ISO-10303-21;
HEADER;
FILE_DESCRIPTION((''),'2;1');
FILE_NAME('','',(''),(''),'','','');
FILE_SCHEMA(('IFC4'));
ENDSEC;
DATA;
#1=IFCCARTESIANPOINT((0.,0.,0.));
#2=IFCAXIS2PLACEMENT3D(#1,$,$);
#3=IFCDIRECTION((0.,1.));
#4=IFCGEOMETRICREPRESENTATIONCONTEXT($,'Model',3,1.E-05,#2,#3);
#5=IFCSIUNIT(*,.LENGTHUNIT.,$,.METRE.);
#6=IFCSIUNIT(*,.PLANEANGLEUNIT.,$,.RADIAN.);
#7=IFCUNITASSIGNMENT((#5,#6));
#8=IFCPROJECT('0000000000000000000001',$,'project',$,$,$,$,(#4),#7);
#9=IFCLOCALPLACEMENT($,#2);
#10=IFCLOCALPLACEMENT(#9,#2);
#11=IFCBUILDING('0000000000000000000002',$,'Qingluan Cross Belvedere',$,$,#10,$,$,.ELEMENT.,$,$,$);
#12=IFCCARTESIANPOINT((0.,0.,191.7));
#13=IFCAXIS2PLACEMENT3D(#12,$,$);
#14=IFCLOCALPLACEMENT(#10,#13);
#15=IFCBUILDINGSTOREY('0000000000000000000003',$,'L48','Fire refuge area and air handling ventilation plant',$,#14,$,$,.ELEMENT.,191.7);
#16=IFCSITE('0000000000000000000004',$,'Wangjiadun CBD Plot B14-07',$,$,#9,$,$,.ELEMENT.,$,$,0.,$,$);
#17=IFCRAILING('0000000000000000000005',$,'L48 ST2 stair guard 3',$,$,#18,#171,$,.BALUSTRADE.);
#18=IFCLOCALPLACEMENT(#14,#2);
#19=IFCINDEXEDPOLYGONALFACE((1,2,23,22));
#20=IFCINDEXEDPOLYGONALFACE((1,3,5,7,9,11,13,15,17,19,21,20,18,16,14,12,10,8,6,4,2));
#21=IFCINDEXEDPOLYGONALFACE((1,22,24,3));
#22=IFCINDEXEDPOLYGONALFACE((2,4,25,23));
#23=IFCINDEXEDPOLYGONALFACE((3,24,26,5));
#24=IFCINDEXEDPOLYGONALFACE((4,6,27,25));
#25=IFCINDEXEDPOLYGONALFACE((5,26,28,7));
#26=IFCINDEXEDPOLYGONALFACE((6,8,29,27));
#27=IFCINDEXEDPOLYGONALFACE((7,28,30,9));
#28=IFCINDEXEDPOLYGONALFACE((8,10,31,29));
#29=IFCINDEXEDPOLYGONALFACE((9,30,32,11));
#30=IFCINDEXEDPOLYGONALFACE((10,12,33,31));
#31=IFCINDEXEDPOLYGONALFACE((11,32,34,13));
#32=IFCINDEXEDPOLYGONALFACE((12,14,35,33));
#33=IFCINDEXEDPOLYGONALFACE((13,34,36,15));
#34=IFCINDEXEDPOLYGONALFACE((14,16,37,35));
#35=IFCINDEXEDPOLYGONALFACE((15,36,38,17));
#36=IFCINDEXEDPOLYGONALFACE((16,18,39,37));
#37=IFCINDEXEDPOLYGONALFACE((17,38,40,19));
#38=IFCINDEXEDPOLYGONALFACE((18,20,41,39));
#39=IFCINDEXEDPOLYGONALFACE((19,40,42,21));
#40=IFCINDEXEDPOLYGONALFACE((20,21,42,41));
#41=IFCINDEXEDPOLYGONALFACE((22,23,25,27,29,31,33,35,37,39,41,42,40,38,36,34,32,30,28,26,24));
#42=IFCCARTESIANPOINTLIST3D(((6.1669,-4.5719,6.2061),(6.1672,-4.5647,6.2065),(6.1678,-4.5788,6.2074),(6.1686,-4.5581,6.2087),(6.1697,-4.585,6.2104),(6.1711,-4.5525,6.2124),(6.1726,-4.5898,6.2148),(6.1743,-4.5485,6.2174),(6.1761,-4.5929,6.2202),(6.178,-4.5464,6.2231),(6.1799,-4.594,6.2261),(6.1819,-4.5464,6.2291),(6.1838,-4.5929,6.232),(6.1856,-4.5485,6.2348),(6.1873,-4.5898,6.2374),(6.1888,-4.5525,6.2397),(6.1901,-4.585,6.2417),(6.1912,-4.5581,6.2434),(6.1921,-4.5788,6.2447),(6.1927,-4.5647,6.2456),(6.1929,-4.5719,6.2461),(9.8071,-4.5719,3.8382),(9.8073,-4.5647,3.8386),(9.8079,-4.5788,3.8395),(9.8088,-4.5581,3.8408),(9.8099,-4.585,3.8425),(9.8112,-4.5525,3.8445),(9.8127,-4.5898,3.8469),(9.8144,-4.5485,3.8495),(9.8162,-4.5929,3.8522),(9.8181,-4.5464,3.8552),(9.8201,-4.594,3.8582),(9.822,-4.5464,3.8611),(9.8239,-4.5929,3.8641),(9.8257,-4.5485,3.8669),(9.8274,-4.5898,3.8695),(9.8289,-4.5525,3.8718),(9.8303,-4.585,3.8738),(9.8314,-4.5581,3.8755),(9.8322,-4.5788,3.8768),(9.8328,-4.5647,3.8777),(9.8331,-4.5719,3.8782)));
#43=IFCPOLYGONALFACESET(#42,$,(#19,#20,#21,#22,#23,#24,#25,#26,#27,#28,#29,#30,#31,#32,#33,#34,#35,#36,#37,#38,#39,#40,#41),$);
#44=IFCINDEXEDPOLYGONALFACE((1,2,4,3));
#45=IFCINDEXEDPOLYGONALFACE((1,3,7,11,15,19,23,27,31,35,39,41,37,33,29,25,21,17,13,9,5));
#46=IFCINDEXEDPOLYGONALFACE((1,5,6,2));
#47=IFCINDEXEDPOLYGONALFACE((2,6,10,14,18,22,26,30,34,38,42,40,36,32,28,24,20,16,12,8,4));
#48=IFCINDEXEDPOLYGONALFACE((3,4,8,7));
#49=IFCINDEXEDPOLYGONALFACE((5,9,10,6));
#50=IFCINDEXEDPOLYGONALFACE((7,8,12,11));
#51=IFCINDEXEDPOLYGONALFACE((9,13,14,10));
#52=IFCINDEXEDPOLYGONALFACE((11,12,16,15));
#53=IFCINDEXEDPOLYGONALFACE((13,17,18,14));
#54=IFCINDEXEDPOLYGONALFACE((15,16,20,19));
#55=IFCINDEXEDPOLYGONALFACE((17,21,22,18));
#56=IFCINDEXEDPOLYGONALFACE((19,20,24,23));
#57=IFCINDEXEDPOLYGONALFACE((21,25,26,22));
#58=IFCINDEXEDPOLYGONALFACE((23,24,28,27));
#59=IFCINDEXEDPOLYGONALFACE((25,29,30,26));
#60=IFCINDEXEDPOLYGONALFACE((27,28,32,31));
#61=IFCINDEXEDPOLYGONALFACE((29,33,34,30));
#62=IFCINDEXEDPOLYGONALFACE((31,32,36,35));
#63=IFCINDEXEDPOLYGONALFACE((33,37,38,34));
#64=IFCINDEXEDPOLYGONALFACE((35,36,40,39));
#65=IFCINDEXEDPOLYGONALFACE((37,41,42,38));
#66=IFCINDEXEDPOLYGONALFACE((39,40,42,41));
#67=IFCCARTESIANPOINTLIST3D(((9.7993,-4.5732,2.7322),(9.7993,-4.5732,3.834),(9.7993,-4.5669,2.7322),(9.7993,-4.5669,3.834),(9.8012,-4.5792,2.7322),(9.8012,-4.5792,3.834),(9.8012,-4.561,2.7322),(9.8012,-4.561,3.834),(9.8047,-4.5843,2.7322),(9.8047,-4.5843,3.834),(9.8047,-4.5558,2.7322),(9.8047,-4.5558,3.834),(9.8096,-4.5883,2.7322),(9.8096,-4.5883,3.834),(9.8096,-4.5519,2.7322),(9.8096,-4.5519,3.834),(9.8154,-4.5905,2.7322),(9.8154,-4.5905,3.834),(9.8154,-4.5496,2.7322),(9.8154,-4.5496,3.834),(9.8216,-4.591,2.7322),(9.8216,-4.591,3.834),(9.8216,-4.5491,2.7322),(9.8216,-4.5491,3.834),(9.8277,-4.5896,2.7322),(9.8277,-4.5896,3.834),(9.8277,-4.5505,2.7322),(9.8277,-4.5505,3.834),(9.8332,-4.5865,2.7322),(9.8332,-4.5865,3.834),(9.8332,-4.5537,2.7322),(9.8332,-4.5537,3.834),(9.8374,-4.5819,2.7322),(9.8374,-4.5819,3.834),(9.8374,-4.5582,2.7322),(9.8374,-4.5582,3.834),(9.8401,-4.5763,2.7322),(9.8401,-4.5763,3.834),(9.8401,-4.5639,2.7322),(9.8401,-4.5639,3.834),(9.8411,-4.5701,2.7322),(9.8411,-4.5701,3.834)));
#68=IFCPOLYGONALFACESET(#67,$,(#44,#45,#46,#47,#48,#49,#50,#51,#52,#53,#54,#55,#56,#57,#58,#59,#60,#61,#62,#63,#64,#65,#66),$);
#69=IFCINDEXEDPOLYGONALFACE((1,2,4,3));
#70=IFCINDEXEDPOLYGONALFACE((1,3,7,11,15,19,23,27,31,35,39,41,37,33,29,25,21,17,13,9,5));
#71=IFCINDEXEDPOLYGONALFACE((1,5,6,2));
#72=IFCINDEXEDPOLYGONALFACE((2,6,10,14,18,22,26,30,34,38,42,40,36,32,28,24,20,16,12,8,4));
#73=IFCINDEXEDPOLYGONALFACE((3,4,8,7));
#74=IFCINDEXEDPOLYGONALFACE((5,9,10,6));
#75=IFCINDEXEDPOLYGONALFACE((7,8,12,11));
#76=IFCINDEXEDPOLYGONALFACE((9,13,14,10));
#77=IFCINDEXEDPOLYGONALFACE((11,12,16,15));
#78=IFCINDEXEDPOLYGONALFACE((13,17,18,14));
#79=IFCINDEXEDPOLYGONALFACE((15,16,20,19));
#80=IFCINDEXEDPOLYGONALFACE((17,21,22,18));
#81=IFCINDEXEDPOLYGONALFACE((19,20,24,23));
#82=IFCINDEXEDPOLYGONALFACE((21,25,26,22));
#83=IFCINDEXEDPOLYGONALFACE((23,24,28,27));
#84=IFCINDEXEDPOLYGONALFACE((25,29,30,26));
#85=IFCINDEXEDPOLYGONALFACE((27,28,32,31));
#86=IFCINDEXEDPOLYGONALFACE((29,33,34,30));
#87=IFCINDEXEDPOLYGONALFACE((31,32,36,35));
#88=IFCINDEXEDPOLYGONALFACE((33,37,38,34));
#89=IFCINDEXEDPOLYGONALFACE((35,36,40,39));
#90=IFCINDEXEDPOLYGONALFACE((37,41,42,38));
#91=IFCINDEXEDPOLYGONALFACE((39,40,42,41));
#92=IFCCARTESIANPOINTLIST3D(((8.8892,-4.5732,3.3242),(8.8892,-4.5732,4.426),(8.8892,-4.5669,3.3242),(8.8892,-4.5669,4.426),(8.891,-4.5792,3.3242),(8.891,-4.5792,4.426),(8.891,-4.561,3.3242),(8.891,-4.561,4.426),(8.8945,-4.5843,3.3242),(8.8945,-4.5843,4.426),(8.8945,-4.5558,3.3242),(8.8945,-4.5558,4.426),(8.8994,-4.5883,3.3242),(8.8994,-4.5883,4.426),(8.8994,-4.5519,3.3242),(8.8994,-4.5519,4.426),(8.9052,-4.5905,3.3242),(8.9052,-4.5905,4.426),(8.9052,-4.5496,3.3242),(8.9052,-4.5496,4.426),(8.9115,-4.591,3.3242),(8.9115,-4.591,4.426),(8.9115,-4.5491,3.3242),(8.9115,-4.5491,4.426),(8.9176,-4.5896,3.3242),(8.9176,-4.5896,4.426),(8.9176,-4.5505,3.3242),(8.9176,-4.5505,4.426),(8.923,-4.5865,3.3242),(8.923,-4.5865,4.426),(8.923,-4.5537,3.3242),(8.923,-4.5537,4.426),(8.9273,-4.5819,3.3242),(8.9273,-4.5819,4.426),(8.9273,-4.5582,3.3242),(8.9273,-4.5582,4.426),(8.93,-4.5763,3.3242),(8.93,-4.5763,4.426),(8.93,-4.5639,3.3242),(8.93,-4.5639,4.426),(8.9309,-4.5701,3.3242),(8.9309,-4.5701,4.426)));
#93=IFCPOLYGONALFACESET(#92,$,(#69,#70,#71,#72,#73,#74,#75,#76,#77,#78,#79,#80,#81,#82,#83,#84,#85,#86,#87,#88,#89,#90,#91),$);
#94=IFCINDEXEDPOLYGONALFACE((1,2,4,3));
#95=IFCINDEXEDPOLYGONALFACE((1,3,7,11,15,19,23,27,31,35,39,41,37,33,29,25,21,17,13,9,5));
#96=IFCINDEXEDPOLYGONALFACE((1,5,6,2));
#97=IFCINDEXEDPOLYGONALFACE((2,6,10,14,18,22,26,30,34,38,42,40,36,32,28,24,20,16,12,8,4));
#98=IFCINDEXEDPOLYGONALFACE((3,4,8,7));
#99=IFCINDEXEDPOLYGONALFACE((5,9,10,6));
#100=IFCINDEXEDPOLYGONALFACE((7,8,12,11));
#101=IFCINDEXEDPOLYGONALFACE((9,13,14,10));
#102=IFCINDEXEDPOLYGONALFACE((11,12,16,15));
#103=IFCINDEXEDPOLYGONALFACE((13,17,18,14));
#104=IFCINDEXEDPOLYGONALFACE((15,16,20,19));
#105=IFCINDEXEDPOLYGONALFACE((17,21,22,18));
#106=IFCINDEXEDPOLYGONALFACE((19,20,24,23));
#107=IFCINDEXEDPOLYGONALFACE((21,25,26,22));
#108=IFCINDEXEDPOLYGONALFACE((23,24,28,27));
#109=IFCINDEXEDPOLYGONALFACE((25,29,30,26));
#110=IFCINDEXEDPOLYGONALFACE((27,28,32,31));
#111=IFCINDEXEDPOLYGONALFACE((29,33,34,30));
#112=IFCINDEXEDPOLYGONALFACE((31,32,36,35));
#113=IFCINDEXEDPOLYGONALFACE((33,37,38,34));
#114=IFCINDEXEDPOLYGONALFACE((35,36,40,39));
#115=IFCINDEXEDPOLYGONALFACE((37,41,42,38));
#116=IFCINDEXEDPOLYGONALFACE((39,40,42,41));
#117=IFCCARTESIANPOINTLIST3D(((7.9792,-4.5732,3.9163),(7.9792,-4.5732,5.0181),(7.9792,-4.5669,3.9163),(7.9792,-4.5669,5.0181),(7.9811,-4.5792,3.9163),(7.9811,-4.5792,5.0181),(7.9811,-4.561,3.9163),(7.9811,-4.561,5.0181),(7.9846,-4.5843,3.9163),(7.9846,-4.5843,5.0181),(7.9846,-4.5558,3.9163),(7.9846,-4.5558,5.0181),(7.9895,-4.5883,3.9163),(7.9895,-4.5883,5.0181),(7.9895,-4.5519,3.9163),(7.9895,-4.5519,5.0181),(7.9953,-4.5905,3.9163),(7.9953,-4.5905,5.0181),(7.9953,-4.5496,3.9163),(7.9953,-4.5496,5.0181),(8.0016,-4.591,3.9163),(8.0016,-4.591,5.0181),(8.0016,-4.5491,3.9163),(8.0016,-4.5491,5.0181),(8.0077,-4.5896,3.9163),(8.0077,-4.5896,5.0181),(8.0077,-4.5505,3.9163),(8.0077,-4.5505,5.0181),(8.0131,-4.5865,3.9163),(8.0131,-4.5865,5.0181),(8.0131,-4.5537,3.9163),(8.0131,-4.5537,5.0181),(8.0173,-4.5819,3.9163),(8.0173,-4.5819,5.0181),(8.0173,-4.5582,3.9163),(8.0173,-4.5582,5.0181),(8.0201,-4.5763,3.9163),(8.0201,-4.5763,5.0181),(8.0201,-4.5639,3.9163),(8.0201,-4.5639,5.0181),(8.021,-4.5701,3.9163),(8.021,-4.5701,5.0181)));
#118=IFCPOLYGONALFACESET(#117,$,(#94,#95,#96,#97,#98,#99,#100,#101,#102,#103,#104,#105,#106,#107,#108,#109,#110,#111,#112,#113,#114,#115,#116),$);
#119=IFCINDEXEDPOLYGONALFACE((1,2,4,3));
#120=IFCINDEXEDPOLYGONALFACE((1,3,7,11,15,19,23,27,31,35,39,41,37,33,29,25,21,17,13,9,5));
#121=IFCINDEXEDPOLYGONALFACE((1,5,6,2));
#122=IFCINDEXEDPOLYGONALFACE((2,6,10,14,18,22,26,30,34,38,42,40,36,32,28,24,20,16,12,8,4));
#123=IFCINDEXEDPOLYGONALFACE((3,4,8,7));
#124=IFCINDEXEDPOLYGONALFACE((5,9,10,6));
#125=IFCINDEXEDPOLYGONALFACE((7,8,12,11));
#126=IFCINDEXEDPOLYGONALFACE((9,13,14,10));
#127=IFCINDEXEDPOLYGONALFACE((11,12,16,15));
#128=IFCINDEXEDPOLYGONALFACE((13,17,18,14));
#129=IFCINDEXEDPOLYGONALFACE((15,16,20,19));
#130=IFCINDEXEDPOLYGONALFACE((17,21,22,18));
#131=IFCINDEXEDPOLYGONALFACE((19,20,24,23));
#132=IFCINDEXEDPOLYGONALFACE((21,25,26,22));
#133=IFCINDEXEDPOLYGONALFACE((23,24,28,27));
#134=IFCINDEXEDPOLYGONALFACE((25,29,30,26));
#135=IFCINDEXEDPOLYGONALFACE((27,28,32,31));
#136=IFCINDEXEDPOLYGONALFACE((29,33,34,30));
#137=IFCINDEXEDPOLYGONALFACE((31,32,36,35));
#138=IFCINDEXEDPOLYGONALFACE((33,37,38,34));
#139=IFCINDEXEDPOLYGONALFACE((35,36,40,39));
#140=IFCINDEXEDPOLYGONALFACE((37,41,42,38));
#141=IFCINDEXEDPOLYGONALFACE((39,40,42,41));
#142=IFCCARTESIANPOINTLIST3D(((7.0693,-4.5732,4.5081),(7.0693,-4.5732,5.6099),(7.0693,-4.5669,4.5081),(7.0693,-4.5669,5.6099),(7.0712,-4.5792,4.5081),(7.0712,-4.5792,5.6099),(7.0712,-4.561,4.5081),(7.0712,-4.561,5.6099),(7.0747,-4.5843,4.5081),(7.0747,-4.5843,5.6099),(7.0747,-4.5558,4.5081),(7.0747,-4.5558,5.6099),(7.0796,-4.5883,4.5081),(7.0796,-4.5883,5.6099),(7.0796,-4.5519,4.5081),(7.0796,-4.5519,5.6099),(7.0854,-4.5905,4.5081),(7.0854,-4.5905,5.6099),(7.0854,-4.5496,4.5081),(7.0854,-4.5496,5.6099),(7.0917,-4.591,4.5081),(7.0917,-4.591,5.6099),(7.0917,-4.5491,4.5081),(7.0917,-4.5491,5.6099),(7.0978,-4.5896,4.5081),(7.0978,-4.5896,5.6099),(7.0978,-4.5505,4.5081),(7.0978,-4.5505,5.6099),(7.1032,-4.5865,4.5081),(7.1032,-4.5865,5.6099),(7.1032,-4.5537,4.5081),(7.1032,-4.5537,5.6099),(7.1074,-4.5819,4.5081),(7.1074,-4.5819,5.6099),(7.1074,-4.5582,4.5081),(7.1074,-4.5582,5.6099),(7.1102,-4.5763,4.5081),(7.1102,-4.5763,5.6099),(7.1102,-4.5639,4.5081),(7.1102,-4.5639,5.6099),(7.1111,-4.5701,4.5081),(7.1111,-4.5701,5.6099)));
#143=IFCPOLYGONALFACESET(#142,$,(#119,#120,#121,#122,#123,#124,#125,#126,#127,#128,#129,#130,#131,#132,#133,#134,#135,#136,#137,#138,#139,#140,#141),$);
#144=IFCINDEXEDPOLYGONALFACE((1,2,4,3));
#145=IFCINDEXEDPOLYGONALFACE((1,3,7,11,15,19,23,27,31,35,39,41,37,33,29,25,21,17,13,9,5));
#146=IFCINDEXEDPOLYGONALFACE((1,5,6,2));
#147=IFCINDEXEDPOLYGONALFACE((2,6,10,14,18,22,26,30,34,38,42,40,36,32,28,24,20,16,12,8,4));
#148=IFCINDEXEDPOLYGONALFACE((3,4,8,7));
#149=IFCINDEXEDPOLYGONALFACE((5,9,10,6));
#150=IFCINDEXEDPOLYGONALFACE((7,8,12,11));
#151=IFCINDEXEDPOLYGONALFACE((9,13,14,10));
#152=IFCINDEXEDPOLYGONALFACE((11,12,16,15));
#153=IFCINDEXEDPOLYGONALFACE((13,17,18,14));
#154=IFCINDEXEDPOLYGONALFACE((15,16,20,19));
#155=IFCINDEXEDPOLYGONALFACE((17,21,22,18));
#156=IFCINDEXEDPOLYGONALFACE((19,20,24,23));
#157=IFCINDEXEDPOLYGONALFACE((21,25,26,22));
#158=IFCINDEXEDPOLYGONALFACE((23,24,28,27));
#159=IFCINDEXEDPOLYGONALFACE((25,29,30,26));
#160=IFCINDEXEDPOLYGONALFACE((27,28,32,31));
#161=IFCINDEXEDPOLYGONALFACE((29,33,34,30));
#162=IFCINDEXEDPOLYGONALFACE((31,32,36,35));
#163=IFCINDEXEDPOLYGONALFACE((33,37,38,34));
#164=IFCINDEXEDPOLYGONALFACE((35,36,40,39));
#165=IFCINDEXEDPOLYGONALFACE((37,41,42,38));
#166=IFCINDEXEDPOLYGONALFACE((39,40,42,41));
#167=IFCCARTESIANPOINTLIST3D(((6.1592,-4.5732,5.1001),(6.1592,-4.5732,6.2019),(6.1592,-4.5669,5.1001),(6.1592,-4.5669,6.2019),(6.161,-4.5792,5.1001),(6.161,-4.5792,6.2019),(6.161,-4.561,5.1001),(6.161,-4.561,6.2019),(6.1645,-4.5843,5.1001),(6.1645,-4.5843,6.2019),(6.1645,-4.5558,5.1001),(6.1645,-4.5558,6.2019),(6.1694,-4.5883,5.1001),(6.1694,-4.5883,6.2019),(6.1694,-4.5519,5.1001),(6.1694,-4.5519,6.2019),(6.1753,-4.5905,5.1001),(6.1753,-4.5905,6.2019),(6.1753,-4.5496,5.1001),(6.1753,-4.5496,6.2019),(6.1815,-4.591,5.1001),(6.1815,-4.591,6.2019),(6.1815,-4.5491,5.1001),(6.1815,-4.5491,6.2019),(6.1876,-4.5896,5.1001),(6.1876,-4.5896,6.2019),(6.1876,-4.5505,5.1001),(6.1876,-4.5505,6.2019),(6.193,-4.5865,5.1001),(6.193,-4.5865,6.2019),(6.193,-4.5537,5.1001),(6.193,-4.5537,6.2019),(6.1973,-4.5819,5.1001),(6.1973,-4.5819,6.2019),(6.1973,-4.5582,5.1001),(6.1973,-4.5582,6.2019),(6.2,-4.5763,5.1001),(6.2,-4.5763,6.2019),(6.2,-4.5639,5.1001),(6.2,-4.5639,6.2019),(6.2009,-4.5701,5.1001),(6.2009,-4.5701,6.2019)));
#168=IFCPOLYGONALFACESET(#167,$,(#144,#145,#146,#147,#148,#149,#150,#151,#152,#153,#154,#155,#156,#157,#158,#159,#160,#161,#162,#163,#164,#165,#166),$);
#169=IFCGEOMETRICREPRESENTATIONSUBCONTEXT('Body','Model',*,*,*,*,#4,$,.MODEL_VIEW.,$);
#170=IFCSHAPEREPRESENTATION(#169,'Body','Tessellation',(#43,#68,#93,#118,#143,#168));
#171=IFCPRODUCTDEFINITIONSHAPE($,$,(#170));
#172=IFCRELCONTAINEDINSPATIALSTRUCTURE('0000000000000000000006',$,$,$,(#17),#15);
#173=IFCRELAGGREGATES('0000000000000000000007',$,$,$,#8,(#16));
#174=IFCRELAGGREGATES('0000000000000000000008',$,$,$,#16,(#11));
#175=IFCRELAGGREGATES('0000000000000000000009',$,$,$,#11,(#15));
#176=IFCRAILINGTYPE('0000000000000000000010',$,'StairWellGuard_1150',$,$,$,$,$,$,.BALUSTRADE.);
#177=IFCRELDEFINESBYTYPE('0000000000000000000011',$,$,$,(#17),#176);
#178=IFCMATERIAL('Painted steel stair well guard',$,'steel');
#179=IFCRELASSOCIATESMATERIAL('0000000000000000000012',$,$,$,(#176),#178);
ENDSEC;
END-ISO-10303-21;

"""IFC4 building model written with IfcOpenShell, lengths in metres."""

from ifc_helpers import new_model, si_unit, direction, frame, origin, origin_2d, place, context, subcontext, project, spatial, circle, extrude, material, type_object, element, save


model = new_model("IFC4")

# Units and contexts
model_context = context("Model", 3, precision=1e-05, world=origin(), true_north=direction((0.0, 1.0)))
body_context = subcontext(model_context, "Body", "Model", "MODEL_VIEW")
ifc_project = project(units=[si_unit("LENGTHUNIT", "METRE"), si_unit("PLANEANGLEUNIT", "RADIAN")], contexts=[model_context])

# Site, building, storey
site_placement = place(None, origin())
site = spatial("IfcSite", under=ifc_project, at=site_placement, Name="Wangjiadun CBD Plot B14-07", CompositionType="ELEMENT", RefElevation=0.0)
building_placement = place(site_placement, origin())
building = spatial("IfcBuilding", under=site, at=building_placement, Name="Qingluan Cross Belvedere", CompositionType="ELEMENT")
storey_placement = place(building_placement, frame((0.0, 0.0, 191.7)))
storey = spatial("IfcBuildingStorey", under=building, at=storey_placement, Name="L48", Description="Fire refuge area and air handling ventilation plant", CompositionType="ELEMENT", Elevation=191.7)

# Railing
ifc_material_1 = material(Name="Painted steel stair well guard", Category="steel")
railing_type_1 = type_object("IfcRailingType", Name="StairWellGuard_1150", PredefinedType="BALUSTRADE", material=ifc_material_1)
railing_1_placement = place(storey_placement, frame((9.8201, -4.5701, 2.7322)))
element("IfcRailing", 1, at=railing_1_placement, inside=storey, type_object=railing_type_1, Name="L48 ST2 stair guard 3", PredefinedType="BALUSTRADE", context=body_context, shape_type="SweptSolid", body=[
    extrude(circle(Radius=0.0239, at=origin_2d()), frame((0.0, 0.0, 1.126), z_axis=(-0.838251, 0.0, 0.545285), x_axis=(0.0, -1.0, 0.0)), (0.0, 0.0, 1.0), 4.3425),
    extrude(circle(Radius=0.021, at=origin_2d()), origin(), (0.0, 0.0, 1.0), 1.1018),
    extrude(circle(Radius=0.021, at=origin_2d()), frame((-0.9102, 0.0, 0.592)), (0.0, 0.0, 1.0), 1.1018),
    extrude(circle(Radius=0.021, at=origin_2d()), frame((-1.8201, 0.0, 1.1841)), (0.0, 0.0, 1.0), 1.1018),
    extrude(circle(Radius=0.021, at=origin_2d()), frame((-2.73, 0.0, 1.7759)), (0.0, 0.0, 1.0), 1.1018),
    extrude(circle(Radius=0.021, at=origin_2d()), frame((-3.6401, 0.0, 2.3679)), (0.0, 0.0, 1.0), 1.1018),
])

save(model, "model.ifc")
